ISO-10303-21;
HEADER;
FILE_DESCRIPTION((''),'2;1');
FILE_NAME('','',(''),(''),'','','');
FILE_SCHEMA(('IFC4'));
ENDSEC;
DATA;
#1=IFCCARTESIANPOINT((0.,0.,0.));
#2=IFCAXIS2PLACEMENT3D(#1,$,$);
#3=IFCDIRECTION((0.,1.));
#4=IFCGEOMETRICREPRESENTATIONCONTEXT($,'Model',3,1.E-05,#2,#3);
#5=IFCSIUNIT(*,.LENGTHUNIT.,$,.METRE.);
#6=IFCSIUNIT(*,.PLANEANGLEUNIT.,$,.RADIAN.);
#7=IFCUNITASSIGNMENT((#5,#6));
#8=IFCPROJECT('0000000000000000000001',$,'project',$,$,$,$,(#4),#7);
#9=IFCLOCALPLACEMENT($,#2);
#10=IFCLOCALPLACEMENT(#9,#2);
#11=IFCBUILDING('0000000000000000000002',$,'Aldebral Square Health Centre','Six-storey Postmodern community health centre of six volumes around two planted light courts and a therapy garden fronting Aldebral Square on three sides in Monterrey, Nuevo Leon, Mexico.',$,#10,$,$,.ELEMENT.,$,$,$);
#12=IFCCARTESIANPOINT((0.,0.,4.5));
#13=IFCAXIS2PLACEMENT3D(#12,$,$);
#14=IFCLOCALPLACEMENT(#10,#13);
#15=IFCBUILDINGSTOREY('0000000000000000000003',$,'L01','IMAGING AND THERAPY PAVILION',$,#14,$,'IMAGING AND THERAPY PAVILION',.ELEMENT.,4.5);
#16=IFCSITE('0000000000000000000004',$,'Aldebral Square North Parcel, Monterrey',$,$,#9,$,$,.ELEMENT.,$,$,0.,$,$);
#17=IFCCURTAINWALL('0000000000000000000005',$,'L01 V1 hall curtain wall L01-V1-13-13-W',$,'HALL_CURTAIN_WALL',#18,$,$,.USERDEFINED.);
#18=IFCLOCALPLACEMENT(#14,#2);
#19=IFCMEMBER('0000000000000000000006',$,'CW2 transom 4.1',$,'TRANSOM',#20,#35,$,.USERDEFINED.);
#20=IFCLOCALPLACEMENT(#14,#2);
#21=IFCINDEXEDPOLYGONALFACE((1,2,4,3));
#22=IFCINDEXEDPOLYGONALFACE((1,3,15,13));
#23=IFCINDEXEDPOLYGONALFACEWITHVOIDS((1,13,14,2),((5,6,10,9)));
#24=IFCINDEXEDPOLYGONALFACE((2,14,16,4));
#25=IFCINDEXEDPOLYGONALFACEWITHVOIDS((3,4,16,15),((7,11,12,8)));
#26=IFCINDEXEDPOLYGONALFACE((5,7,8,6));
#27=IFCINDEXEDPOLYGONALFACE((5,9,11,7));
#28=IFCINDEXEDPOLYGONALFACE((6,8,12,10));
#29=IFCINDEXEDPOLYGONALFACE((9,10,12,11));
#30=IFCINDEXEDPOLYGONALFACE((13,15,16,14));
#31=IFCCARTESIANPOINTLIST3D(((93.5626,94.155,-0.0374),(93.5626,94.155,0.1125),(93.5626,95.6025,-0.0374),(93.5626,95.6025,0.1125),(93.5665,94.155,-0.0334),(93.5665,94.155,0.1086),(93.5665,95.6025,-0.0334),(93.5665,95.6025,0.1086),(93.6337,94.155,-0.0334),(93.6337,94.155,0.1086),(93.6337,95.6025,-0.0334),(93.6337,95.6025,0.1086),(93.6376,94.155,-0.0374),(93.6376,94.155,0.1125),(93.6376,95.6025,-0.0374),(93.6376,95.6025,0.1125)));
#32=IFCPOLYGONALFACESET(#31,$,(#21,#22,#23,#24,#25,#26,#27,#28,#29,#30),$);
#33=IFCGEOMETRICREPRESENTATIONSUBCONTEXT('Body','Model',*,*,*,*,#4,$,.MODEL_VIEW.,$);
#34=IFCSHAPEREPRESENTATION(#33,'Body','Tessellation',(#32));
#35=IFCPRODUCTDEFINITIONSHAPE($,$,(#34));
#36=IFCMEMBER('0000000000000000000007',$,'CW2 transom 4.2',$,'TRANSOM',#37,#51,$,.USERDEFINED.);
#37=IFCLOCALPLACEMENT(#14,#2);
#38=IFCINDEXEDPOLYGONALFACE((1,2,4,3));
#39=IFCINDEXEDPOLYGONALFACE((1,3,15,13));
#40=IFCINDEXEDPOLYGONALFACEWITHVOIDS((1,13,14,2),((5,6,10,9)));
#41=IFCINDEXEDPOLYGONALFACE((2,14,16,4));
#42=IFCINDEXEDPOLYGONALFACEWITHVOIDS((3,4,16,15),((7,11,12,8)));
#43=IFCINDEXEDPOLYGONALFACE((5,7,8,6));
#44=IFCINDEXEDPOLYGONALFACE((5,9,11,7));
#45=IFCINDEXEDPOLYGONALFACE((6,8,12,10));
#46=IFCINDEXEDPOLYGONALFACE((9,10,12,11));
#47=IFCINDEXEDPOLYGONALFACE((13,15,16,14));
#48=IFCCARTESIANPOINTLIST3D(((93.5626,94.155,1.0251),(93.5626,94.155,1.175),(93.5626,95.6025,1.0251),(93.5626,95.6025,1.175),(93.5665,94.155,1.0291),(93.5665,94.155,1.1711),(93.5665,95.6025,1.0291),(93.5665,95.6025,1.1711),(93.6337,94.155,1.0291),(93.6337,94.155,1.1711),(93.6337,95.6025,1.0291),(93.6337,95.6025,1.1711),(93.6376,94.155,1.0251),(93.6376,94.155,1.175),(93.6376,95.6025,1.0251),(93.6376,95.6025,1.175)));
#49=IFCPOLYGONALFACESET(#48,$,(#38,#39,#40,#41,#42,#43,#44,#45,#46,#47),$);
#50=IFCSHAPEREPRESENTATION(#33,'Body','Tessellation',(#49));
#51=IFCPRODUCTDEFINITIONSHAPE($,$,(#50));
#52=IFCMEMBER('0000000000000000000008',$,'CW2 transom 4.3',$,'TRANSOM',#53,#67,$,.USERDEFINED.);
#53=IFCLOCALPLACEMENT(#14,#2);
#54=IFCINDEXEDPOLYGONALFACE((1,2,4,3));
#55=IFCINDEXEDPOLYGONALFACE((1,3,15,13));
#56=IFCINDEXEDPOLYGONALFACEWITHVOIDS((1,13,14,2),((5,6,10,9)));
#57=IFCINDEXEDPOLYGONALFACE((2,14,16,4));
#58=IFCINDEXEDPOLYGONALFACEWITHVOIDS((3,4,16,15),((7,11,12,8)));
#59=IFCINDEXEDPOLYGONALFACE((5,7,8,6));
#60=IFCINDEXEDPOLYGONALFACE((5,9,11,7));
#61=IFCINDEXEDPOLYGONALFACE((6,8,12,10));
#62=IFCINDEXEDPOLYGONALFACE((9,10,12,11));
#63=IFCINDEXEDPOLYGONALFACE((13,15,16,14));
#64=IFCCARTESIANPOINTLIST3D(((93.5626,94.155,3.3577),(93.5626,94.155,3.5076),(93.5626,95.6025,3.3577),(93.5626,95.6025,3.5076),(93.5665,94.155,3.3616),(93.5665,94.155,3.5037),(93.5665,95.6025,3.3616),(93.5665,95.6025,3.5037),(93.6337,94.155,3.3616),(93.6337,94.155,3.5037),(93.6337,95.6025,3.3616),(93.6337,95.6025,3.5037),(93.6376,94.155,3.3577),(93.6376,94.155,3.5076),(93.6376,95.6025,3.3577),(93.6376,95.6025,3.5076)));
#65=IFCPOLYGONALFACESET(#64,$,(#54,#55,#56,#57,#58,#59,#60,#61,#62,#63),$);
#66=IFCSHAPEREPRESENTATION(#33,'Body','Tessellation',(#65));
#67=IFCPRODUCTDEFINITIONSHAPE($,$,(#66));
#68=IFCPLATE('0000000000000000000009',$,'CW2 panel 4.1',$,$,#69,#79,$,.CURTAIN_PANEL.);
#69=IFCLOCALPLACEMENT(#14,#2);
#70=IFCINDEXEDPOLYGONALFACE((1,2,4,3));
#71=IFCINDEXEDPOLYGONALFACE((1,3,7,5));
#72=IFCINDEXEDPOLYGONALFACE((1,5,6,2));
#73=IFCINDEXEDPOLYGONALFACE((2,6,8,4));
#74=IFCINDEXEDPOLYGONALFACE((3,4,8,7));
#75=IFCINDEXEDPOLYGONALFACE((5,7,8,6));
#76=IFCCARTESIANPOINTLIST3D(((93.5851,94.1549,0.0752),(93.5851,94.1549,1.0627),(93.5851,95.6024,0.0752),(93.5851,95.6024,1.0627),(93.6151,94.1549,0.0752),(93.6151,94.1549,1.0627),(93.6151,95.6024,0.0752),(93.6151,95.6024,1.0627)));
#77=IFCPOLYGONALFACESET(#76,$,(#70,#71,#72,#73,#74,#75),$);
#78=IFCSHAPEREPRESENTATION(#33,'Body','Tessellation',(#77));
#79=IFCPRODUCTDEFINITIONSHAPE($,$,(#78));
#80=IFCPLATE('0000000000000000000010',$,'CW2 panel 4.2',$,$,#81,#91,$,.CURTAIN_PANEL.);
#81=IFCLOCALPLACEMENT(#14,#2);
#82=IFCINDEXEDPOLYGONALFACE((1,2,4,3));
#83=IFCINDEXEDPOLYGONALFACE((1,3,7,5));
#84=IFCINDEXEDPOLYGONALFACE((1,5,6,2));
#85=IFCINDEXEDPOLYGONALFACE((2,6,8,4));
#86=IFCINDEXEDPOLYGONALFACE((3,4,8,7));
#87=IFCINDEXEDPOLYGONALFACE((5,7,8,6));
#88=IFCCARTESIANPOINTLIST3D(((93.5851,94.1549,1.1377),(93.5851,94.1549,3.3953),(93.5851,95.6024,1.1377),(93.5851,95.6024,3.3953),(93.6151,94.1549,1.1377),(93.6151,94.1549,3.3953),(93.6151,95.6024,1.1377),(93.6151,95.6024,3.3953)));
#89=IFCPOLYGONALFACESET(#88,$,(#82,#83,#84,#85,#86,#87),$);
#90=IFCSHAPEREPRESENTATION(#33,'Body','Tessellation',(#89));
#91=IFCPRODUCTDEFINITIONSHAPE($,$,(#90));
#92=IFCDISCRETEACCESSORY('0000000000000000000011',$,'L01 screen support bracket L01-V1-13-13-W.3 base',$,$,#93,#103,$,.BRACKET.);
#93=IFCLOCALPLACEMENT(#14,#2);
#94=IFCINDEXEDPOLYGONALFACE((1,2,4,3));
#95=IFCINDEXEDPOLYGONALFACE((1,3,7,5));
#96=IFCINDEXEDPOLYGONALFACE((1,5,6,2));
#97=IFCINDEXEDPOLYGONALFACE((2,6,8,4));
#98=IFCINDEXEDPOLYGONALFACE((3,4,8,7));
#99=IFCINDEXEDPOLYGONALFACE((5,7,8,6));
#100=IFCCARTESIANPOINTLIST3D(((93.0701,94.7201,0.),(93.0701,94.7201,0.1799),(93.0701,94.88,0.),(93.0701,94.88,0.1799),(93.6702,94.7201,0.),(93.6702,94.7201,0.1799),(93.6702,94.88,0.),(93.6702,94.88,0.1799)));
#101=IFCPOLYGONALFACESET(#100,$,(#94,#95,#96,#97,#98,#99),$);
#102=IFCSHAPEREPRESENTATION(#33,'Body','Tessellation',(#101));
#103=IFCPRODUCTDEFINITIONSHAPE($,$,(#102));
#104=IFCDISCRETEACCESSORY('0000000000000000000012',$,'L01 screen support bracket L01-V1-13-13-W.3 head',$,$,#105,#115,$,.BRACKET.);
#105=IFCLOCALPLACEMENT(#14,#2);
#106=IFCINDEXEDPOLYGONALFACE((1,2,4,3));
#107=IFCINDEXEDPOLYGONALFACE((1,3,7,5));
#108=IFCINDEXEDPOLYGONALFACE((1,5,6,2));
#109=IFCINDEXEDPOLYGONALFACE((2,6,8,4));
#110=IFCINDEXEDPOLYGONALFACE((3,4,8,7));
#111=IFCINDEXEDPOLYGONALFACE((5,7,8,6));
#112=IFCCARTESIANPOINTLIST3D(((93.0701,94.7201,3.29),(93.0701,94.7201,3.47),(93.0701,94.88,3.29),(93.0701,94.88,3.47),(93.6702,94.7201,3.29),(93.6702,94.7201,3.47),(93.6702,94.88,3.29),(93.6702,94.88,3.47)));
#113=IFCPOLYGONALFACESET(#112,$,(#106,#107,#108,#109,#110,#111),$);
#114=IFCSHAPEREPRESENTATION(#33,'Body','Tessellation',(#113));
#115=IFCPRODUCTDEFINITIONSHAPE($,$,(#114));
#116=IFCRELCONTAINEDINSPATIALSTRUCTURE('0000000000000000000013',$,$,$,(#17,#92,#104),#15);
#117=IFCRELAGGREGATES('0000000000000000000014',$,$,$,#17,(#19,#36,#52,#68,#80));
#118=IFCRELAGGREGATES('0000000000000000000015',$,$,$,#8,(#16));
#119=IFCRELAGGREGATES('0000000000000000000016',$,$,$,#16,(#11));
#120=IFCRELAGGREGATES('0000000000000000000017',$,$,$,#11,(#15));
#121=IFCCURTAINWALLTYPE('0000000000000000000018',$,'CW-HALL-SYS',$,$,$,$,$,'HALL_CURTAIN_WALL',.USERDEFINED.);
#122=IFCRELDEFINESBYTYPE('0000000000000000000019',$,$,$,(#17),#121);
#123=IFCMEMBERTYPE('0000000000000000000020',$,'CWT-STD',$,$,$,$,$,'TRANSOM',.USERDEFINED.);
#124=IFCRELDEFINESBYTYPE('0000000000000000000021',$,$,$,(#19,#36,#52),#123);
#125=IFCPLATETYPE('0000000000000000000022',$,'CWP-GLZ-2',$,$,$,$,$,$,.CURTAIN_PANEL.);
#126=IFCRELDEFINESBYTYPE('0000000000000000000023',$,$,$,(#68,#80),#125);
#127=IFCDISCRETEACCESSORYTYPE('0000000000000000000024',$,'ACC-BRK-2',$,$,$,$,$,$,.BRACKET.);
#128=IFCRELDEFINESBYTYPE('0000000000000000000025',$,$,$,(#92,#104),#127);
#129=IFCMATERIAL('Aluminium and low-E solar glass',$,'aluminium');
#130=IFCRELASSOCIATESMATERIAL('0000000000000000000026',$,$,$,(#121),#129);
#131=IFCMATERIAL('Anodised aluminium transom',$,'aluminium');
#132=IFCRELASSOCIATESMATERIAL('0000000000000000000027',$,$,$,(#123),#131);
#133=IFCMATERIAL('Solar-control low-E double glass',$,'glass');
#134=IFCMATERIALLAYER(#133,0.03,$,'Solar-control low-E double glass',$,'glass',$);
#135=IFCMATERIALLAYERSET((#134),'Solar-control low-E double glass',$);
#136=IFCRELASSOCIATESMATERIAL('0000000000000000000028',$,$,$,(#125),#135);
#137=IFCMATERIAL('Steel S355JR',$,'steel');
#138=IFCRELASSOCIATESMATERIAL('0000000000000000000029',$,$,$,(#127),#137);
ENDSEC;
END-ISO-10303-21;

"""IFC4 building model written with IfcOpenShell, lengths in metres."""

from ifc_helpers import new_model, si_unit, direction, frame, origin, origin_2d, place, context, subcontext, project, spatial, rectangle, hollow_rectangle, extrude, material, layer, layer_set, material_profile, profile_set, type_object, element, aggregate, save


model = new_model("IFC4")

# Units and contexts
model_context = context("Model", 3, precision=1e-05, world=origin(), true_north=direction((0.0, 1.0)))
body_context = subcontext(model_context, "Body", "Model", "MODEL_VIEW")
ifc_project = project(units=[si_unit("LENGTHUNIT", "METRE"), si_unit("PLANEANGLEUNIT", "RADIAN")], contexts=[model_context])

# Site, building, storey
site_placement = place(None, origin())
site = spatial("IfcSite", under=ifc_project, at=site_placement, Name="Aldebral Square North Parcel, Monterrey", CompositionType="ELEMENT", RefElevation=0.0)
building_placement = place(site_placement, origin())
building = spatial("IfcBuilding", under=site, at=building_placement, Name="Aldebral Square Health Centre", Description="Six-storey Postmodern community health centre of six volumes around two planted light courts and a therapy garden fronting Aldebral Square on three sides in Monterrey, Nuevo Leon, Mexico.", CompositionType="ELEMENT")
storey_placement = place(building_placement, frame((0.0, 0.0, 4.5)))
storey = spatial("IfcBuildingStorey", under=building, at=storey_placement, Name="L01", Description="IMAGING AND THERAPY PAVILION", LongName="IMAGING AND THERAPY PAVILION", CompositionType="ELEMENT", Elevation=4.5)

# Curtain wall, members, plates
ifc_material_1 = material(Name="Aluminium and low-E solar glass", Category="aluminium")
curtain_wall_type = type_object("IfcCurtainWallType", Name="CW-HALL-SYS", ElementType="HALL_CURTAIN_WALL", PredefinedType="USERDEFINED", material=ifc_material_1)
curtain_wall_placement = place(storey_placement, origin())
curtain_wall = element("IfcCurtainWall", 1, at=curtain_wall_placement, inside=storey, type_object=curtain_wall_type, Name="L01 V1 hall curtain wall L01-V1-13-13-W", ObjectType="HALL_CURTAIN_WALL", PredefinedType="USERDEFINED")
ifc_material_2 = material(Name="Anodised aluminium transom", Category="aluminium")
ifc_material_profile_1 = material_profile(ifc_material_2, hollow_rectangle(XDim=0.075, YDim=0.1499, WallThickness=0.0039, at=origin_2d()), Name="CWT 75x150x4")
ifc_profile_set_1 = profile_set([ifc_material_profile_1], Name="Anodised aluminium transom")
member_type_1 = type_object("IfcMemberType", Name="CWT-STD", ElementType="TRANSOM", PredefinedType="USERDEFINED", material=ifc_profile_set_1)
member_1_placement = place(storey_placement, frame((93.6001, 95.6025, 0.0376), z_axis=(0.0, -1.0, 0.0), x_axis=(1.0, 0.0, 0.0)))
member_1 = element("IfcMember", 2, at=member_1_placement, type_object=member_type_1, Name="CW2 transom 4.1", ObjectType="TRANSOM", PredefinedType="USERDEFINED", context=body_context, shape_type="SweptSolid", body=[
    extrude(hollow_rectangle(XDim=0.075, YDim=0.1499, WallThickness=0.0039, at=origin_2d()), origin(), (0.0, 0.0, 1.0), 1.4475),
])
member_2_placement = place(storey_placement, frame((93.6001, 95.6025, 1.1001), z_axis=(0.0, -1.0, 0.0), x_axis=(1.0, 0.0, 0.0)))
member_2 = element("IfcMember", 3, at=member_2_placement, type_object=member_type_1, Name="CW2 transom 4.2", ObjectType="TRANSOM", PredefinedType="USERDEFINED", context=body_context, shape_type="SweptSolid", body=[
    extrude(hollow_rectangle(XDim=0.075, YDim=0.1499, WallThickness=0.0039, at=origin_2d()), origin(), (0.0, 0.0, 1.0), 1.4475),
])
member_3_placement = place(storey_placement, frame((93.6001, 95.6025, 3.4326), z_axis=(0.0, -1.0, 0.0), x_axis=(1.0, 0.0, 0.0)))
member_3 = element("IfcMember", 4, at=member_3_placement, type_object=member_type_1, Name="CW2 transom 4.3", ObjectType="TRANSOM", PredefinedType="USERDEFINED", context=body_context, shape_type="SweptSolid", body=[
    extrude(hollow_rectangle(XDim=0.075, YDim=0.1499, WallThickness=0.0039, at=origin_2d()), origin(), (0.0, 0.0, 1.0), 1.4475),
])
ifc_material_3 = material(Name="Solar-control low-E double glass", Category="glass")
ifc_layer = layer(ifc_material_3, 0.03, Name="Solar-control low-E double glass", Category="glass")
ifc_layer_set = layer_set([ifc_layer], Name="Solar-control low-E double glass")
plate_type = type_object("IfcPlateType", Name="CWP-GLZ-2", PredefinedType="CURTAIN_PANEL", material=ifc_layer_set)
plate_1_placement = place(storey_placement, frame((93.6001, 94.8787, 0.0752), z_axis=(0.0, 0.0, 1.0), x_axis=(0.0, -1.0, 0.0)))
plate_1 = element("IfcPlate", 5, at=plate_1_placement, type_object=plate_type, Name="CW2 panel 4.1", PredefinedType="CURTAIN_PANEL", context=body_context, shape_type="SweptSolid", body=[
    extrude(rectangle(XDim=1.4475, YDim=0.03, at=origin_2d()), origin(), (0.0, 0.0, 1.0), 0.9875),
])
plate_2_placement = place(storey_placement, frame((93.6001, 94.8787, 1.1377), z_axis=(0.0, 0.0, 1.0), x_axis=(0.0, -1.0, 0.0)))
plate_2 = element("IfcPlate", 6, at=plate_2_placement, type_object=plate_type, Name="CW2 panel 4.2", PredefinedType="CURTAIN_PANEL", context=body_context, shape_type="SweptSolid", body=[
    extrude(rectangle(XDim=1.4475, YDim=0.03, at=origin_2d()), origin(), (0.0, 0.0, 1.0), 2.2576),
])
aggregate(curtain_wall, [member_1, member_2, member_3, plate_1, plate_2])

# Discrete accessories
ifc_material_4 = material(Name="Steel S355JR", Category="steel")
discrete_accessory_type = type_object("IfcDiscreteAccessoryType", Name="ACC-BRK-2", PredefinedType="BRACKET", material=ifc_material_4)
for number, where, z_axis, x_axis, name in (
    (7, (93.3701, 94.8, 0.0), (0.0, 0.0, 1.0), (0.0, 1.0, 0.0), "L01 screen support bracket L01-V1-13-13-W.3 base"),
    (8, (93.3701, 94.8, 3.29), (0.0, 0.0, 1.0), (0.0, 1.0, 0.0), "L01 screen support bracket L01-V1-13-13-W.3 head"),
):
    element("IfcDiscreteAccessory", number, at=place(storey_placement, frame(where, z_axis=z_axis, x_axis=x_axis)), inside=storey, type_object=discrete_accessory_type, Name=name, PredefinedType="BRACKET", context=body_context, shape_type="SweptSolid", body=[
        extrude(rectangle(XDim=0.1599, YDim=0.6001, at=origin_2d()), origin(), (0.0, 0.0, 1.0), 0.1799),
    ])

save(model, "model.ifc")
